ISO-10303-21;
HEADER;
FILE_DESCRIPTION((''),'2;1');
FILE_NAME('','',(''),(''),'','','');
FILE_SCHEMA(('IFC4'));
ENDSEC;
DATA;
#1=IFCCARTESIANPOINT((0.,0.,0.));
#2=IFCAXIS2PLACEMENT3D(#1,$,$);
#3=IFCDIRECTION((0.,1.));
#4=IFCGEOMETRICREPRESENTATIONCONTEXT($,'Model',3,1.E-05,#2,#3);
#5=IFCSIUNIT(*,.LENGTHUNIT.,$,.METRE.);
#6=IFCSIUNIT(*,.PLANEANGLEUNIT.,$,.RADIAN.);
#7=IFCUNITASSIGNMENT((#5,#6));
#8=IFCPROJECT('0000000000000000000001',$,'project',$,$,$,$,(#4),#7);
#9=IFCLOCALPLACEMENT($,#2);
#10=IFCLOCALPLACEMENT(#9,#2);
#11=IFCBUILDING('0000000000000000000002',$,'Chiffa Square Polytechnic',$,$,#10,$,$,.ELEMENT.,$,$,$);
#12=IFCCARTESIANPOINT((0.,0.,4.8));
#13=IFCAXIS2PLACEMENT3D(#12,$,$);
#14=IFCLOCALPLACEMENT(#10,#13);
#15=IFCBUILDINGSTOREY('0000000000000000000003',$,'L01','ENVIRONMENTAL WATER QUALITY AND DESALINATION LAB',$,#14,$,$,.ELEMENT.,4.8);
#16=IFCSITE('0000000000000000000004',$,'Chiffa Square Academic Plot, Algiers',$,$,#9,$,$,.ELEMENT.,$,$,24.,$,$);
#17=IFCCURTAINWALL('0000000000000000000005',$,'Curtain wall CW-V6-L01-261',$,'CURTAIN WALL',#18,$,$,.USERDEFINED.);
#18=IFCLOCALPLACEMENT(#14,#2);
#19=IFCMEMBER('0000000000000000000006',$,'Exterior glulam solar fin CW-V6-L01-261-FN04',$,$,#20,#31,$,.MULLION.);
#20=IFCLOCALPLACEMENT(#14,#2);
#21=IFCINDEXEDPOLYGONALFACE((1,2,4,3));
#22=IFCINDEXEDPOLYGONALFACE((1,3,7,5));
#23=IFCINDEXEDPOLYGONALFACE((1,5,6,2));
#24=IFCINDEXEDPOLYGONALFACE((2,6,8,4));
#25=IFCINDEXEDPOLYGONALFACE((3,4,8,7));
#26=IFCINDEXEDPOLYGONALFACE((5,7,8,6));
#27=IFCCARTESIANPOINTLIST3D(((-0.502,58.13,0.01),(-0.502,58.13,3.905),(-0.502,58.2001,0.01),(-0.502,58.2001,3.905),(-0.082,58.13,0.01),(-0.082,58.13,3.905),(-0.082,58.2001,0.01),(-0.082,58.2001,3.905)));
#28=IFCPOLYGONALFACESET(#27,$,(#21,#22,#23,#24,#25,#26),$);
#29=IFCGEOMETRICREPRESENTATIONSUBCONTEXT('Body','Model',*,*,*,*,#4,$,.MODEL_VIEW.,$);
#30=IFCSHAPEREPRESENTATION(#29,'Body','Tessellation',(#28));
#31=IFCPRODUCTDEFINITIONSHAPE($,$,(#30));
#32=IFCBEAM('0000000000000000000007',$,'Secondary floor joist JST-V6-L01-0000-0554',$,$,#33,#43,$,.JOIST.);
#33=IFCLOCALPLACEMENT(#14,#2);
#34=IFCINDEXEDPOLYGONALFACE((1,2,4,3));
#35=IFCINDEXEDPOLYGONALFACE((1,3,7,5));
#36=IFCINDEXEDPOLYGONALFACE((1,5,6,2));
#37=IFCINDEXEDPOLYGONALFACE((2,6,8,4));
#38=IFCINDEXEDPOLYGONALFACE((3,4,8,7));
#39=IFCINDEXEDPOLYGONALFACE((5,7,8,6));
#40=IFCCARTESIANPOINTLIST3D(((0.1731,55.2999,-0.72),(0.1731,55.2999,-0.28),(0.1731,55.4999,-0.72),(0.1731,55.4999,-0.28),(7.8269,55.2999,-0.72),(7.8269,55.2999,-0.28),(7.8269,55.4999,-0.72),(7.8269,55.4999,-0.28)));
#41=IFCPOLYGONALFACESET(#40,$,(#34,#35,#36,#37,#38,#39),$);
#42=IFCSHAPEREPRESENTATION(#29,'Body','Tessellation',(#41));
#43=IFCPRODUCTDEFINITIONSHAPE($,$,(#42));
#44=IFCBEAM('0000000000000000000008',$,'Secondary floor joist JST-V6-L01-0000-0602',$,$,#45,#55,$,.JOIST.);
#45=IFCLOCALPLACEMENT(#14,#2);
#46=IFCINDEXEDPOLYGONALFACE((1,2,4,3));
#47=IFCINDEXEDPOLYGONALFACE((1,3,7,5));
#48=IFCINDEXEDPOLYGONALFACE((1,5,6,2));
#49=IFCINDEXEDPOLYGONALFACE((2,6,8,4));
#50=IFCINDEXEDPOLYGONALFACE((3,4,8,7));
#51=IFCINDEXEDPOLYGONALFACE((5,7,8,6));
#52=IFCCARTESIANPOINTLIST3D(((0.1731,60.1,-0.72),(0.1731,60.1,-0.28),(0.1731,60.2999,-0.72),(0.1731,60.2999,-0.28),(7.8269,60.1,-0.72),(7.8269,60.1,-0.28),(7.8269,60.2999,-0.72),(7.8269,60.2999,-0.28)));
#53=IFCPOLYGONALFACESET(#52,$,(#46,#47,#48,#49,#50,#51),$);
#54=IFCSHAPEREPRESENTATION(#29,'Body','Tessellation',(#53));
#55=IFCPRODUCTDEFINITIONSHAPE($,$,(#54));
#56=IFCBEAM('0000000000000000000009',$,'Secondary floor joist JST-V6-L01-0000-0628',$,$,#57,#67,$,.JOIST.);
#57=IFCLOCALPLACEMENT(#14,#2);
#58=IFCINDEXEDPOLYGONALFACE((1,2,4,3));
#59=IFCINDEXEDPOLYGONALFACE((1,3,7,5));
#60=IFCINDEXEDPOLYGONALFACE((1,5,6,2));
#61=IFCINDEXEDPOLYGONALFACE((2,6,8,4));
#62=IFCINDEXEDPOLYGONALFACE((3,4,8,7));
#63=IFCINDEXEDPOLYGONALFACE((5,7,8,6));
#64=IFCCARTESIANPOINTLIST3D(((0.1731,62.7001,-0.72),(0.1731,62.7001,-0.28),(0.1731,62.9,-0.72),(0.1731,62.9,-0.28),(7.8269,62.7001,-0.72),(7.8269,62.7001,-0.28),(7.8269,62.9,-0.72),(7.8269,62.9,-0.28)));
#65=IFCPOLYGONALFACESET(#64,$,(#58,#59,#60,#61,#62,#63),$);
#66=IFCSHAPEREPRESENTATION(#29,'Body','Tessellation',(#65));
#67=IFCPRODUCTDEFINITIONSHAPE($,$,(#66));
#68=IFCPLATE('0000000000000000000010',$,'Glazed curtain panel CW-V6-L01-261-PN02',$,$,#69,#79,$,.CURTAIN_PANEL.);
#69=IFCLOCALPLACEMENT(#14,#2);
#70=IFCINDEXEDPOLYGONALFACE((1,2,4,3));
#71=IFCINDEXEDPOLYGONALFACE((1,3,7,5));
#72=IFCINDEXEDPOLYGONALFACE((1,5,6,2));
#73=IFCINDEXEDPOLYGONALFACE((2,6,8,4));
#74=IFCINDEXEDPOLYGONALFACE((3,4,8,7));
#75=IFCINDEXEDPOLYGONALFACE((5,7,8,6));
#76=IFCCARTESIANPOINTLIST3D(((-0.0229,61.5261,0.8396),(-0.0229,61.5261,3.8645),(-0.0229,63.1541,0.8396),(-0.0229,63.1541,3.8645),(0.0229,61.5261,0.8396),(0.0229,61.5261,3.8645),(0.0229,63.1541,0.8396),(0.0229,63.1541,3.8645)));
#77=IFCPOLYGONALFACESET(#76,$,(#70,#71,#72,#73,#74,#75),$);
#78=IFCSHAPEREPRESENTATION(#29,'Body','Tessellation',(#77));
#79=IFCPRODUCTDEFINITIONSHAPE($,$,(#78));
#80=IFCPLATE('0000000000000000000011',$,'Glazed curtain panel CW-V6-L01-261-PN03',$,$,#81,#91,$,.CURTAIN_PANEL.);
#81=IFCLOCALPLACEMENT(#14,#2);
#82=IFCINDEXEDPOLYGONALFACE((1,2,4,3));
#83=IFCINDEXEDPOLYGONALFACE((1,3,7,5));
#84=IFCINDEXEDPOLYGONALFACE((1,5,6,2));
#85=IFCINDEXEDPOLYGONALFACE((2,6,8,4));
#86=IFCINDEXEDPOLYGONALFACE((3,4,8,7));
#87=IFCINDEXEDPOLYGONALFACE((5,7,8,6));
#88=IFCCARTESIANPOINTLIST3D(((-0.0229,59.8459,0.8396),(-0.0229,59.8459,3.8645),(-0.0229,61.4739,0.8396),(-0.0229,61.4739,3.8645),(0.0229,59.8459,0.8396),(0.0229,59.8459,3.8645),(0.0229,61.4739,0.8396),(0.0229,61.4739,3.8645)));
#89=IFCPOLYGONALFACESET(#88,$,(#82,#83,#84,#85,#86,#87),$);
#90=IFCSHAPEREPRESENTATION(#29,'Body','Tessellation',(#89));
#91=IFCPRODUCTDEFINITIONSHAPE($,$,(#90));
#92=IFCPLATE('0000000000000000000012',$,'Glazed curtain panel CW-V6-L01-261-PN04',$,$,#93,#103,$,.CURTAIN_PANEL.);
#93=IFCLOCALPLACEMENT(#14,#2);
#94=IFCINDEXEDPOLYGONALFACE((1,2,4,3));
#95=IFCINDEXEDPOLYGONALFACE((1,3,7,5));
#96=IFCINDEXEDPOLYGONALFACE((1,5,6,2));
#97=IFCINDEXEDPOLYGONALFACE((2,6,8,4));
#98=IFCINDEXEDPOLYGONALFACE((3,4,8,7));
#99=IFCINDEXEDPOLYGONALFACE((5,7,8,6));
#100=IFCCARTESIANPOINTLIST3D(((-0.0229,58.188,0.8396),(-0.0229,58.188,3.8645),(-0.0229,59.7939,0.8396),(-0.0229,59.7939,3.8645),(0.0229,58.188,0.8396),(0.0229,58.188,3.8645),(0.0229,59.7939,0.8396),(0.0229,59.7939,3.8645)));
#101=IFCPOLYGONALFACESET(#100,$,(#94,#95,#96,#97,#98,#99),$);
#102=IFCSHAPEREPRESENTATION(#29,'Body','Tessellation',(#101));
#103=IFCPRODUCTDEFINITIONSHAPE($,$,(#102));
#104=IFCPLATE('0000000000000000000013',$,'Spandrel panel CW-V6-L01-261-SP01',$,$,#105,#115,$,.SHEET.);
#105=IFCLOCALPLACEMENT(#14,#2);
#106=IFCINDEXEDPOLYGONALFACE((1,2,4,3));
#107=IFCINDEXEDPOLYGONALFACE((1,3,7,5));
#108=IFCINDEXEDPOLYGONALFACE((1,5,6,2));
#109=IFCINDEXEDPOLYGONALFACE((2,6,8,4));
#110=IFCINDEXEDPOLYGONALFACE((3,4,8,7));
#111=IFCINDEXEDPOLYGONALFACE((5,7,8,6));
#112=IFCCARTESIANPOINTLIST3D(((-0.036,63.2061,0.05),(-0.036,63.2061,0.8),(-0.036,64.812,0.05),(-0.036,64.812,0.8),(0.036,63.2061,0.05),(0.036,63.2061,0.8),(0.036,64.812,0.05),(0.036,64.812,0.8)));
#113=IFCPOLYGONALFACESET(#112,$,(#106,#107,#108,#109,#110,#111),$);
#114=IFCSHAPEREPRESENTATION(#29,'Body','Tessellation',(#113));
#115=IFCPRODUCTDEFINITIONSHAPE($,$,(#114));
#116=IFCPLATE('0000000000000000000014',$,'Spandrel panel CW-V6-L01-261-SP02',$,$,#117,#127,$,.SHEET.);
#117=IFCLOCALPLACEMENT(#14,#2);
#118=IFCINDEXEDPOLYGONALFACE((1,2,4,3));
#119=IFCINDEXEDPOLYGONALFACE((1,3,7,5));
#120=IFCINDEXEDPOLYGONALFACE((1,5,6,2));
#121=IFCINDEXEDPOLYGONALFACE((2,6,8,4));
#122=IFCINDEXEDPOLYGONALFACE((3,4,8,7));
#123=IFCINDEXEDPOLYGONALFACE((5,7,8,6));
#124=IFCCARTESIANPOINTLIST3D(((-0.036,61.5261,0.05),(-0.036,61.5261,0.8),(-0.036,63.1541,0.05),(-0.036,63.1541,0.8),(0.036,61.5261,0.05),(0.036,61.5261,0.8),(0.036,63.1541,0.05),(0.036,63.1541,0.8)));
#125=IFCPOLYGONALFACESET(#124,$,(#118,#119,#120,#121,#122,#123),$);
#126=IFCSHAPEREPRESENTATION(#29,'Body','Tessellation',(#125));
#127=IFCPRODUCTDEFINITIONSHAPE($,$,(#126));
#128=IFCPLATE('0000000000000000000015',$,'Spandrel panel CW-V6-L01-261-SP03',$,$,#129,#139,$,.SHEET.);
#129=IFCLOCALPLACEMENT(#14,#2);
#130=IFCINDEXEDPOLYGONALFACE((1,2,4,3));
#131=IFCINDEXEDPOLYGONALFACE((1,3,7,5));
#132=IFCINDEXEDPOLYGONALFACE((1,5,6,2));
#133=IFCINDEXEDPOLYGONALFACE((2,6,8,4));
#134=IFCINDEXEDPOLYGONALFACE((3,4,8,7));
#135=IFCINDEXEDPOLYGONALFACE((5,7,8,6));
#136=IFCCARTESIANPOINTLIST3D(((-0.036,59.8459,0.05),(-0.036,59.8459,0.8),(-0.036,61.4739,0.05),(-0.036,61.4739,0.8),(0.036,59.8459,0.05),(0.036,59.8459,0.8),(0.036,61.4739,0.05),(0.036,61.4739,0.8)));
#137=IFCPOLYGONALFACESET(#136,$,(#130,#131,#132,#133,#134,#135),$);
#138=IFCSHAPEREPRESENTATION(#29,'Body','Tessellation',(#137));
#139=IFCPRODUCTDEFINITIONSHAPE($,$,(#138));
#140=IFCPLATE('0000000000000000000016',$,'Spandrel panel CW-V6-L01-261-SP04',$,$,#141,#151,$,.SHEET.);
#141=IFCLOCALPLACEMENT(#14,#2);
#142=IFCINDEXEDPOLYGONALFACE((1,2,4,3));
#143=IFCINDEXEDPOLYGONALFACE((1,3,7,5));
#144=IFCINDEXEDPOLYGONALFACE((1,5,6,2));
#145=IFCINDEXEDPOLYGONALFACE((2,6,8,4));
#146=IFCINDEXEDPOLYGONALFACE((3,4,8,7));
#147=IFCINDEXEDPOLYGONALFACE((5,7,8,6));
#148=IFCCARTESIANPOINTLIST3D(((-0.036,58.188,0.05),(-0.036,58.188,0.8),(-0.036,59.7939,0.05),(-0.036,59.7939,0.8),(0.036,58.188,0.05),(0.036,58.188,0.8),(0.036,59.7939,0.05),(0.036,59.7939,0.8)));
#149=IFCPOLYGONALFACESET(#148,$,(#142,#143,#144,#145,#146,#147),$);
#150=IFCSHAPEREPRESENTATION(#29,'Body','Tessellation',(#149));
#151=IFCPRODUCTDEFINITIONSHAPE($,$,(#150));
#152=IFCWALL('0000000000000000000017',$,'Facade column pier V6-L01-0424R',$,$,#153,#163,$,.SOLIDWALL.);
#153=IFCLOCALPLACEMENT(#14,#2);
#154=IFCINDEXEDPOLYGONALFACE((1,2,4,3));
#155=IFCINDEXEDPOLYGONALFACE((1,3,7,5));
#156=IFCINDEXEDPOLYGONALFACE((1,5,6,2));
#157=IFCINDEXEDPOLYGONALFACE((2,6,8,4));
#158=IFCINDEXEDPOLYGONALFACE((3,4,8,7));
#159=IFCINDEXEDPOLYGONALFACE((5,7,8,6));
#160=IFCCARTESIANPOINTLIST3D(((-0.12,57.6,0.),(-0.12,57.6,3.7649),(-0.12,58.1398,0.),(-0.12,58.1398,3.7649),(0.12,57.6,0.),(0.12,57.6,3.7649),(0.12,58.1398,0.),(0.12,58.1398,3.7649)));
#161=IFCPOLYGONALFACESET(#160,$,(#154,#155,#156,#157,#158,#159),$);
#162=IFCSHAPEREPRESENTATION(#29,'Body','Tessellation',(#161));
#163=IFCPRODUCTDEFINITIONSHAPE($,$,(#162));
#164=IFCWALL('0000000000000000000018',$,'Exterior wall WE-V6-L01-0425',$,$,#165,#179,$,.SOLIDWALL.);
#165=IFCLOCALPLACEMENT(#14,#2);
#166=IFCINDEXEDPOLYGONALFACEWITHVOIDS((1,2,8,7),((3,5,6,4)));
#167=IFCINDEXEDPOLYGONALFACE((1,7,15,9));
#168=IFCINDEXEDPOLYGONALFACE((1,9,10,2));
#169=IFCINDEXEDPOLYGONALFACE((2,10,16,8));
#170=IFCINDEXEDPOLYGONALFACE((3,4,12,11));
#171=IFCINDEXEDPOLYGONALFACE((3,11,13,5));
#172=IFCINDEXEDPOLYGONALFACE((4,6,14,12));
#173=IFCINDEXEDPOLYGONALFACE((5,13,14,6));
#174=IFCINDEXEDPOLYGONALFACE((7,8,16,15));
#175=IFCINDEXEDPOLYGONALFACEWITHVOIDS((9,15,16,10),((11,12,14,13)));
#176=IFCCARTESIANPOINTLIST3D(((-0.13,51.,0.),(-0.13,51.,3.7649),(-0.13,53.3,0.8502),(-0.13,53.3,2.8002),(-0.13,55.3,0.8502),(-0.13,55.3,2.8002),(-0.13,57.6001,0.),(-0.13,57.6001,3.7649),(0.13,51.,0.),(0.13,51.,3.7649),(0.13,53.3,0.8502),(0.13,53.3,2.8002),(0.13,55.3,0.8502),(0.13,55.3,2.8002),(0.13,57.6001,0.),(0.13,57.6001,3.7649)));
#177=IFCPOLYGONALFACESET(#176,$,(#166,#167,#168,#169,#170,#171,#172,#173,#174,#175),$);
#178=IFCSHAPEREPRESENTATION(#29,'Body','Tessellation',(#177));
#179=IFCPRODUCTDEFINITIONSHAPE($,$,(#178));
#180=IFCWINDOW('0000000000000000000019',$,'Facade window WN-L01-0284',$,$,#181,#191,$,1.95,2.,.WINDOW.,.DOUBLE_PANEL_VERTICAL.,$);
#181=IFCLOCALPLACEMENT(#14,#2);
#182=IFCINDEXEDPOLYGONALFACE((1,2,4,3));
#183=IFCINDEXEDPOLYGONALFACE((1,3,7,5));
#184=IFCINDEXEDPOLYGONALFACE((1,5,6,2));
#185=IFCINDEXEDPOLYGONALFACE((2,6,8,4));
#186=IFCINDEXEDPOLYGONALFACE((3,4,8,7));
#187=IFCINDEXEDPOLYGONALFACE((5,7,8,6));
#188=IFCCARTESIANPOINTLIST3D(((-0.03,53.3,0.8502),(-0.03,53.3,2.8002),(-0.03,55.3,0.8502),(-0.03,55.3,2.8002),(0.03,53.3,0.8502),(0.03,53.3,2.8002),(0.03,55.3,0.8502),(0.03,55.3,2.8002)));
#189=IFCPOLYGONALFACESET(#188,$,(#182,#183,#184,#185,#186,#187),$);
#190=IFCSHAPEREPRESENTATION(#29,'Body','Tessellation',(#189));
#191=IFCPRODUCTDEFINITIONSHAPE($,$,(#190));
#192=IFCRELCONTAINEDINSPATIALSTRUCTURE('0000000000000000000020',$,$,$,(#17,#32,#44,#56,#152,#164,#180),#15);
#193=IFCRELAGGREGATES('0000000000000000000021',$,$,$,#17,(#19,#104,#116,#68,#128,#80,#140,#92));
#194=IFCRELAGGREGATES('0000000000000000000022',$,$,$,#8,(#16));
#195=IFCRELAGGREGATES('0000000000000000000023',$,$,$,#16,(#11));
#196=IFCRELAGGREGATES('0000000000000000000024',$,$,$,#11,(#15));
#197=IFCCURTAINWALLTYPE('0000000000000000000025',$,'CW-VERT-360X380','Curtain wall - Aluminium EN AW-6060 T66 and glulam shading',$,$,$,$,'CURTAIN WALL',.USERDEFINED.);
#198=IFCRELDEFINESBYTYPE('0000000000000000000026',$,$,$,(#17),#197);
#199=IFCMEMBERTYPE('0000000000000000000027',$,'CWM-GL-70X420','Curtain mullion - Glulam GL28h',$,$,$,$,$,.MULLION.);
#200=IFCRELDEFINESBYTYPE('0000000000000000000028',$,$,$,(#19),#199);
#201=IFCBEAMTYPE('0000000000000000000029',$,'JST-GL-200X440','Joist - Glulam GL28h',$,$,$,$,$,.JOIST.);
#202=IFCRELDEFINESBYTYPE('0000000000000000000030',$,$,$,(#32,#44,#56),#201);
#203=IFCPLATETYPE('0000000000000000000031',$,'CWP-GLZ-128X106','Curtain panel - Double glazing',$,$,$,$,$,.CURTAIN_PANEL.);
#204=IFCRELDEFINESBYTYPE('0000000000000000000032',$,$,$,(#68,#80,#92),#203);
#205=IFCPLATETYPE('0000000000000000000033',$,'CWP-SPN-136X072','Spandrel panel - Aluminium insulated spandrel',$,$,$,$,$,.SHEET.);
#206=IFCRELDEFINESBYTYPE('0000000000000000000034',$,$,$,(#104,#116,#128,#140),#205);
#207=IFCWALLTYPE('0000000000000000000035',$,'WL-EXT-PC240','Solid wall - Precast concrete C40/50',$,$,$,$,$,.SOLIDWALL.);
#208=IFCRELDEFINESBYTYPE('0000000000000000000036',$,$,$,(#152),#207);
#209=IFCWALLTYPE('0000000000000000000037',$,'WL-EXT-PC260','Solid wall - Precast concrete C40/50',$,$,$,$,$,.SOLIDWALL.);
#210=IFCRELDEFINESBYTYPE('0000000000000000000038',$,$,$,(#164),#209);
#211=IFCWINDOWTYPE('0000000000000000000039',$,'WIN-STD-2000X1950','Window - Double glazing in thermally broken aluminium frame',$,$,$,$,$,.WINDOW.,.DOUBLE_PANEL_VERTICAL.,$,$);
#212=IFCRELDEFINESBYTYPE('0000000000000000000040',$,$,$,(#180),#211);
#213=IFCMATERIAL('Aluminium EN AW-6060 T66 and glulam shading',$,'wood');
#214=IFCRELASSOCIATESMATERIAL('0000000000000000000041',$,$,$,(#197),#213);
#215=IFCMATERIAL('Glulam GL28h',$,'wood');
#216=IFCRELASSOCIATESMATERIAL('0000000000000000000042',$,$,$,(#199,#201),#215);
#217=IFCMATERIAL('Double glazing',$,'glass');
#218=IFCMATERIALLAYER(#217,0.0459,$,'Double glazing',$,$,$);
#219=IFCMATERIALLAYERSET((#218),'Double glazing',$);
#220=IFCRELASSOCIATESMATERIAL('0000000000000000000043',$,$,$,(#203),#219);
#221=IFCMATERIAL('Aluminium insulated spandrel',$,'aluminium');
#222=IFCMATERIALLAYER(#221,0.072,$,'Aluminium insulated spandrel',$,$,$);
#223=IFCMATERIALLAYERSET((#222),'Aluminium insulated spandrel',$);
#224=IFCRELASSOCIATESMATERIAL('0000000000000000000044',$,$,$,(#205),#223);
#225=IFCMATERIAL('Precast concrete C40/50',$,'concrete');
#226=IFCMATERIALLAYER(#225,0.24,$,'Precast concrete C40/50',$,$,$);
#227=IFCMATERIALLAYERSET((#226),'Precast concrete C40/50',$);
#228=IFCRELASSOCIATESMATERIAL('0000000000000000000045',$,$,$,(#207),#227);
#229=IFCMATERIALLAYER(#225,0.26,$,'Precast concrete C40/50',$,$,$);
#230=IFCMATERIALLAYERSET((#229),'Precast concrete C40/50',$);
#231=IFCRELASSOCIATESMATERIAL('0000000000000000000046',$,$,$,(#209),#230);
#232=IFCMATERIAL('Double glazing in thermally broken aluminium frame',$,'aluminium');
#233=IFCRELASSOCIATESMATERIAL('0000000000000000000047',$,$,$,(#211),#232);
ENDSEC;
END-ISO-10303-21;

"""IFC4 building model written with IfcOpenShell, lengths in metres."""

from ifc_helpers import new_model, si_unit, direction, frame, frame_2d, origin, origin_2d, place, context, subcontext, project, spatial, rectangle, extrude, material, layer, layer_set, material_profile, profile_set, type_object, element, fill, aggregate, save


model = new_model("IFC4")

# Units and contexts
model_context = context("Model", 3, precision=1e-05, world=origin(), true_north=direction((0.0, 1.0)))
body_context = subcontext(model_context, "Body", "Model", "MODEL_VIEW")
ifc_project = project(units=[si_unit("LENGTHUNIT", "METRE"), si_unit("PLANEANGLEUNIT", "RADIAN")], contexts=[model_context])

# Site, building, storey
site_placement = place(None, origin())
site = spatial("IfcSite", under=ifc_project, at=site_placement, Name="Chiffa Square Academic Plot, Algiers", CompositionType="ELEMENT", RefElevation=24.0)
building_placement = place(site_placement, origin())
building = spatial("IfcBuilding", under=site, at=building_placement, Name="Chiffa Square Polytechnic", CompositionType="ELEMENT")
storey_placement = place(building_placement, frame((0.0, 0.0, 4.8)))
storey = spatial("IfcBuildingStorey", under=building, at=storey_placement, Name="L01", Description="ENVIRONMENTAL WATER QUALITY AND DESALINATION LAB", CompositionType="ELEMENT", Elevation=4.8)

# Curtain wall, member
ifc_material_1 = material(Name="Aluminium EN AW-6060 T66 and glulam shading", Category="wood")
curtain_wall_type = type_object("IfcCurtainWallType", Name="CW-VERT-360X380", Description="Curtain wall - Aluminium EN AW-6060 T66 and glulam shading", ElementType="CURTAIN WALL", PredefinedType="USERDEFINED", material=ifc_material_1)
curtain_wall_placement = place(storey_placement, origin())
curtain_wall = element("IfcCurtainWall", 1, at=curtain_wall_placement, inside=storey, type_object=curtain_wall_type, Name="Curtain wall CW-V6-L01-261", ObjectType="CURTAIN WALL", PredefinedType="USERDEFINED")
ifc_material_2 = material(Name="Glulam GL28h", Category="wood")
ifc_material_profile_1 = material_profile(ifc_material_2, rectangle(XDim=0.0701, YDim=0.4199, at=origin_2d()), Name="GL28h 70x420")
ifc_profile_set_1 = profile_set([ifc_material_profile_1], Name="Glulam GL28h")
member_type_1 = type_object("IfcMemberType", Name="CWM-GL-70X420", Description="Curtain mullion - Glulam GL28h", PredefinedType="MULLION", material=ifc_profile_set_1)
member_1_placement = place(storey_placement, frame((-0.292, 58.165, 0.01), z_axis=(0.0, 0.0, 1.0), x_axis=(0.0, -1.0, 0.0)))
member_1 = element("IfcMember", 2, at=member_1_placement, type_object=member_type_1, Name="Exterior glulam solar fin CW-V6-L01-261-FN04", PredefinedType="MULLION", context=body_context, shape_type="SweptSolid", body=[
    extrude(rectangle(XDim=0.0701, YDim=0.4199, at=origin_2d()), origin(), (0.0, 0.0, 1.0), 3.895),
])

# Beams
ifc_material_profile_2 = material_profile(ifc_material_2, rectangle(XDim=0.2, YDim=0.4399, at=origin_2d()), Name="GL28h 200x440")
ifc_profile_set_2 = profile_set([ifc_material_profile_2], Name="Glulam GL28h")
beam_type_1 = type_object("IfcBeamType", Name="JST-GL-200X440", Description="Joist - Glulam GL28h", PredefinedType="JOIST", material=ifc_profile_set_2)
for number, where, z_axis, x_axis, name in (
    (3, (0.1731, 55.3999, -0.5), (1.0, 0.0, 0.0), (0.0, 1.0, 0.0), "Secondary floor joist JST-V6-L01-0000-0554"),
    (4, (0.1731, 60.2, -0.5), (1.0, 0.0, 0.0), (0.0, 1.0, 0.0), "Secondary floor joist JST-V6-L01-0000-0602"),
    (5, (0.1731, 62.8, -0.5), (1.0, 0.0, 0.0), (0.0, 1.0, 0.0), "Secondary floor joist JST-V6-L01-0000-0628"),
):
    element("IfcBeam", number, at=place(storey_placement, frame(where, z_axis=z_axis, x_axis=x_axis)), inside=storey, type_object=beam_type_1, Name=name, PredefinedType="JOIST", context=body_context, shape_type="SweptSolid", body=[
        extrude(rectangle(XDim=0.2, YDim=0.4399, at=origin_2d()), origin(), (0.0, 0.0, 1.0), 7.6538),
    ])

# Plates
ifc_material_3 = material(Name="Double glazing", Category="glass")
ifc_layer_1 = layer(ifc_material_3, 0.0459, Name="Double glazing")
ifc_layer_set_1 = layer_set([ifc_layer_1], Name="Double glazing")
plate_type_1 = type_object("IfcPlateType", Name="CWP-GLZ-128X106", Description="Curtain panel - Double glazing", PredefinedType="CURTAIN_PANEL", material=ifc_layer_set_1)
plate_1_placement = place(storey_placement, frame((0.0, 62.3401, 0.8396), z_axis=(0.0, 0.0, 1.0), x_axis=(0.0, -1.0, 0.0)))
plate_1 = element("IfcPlate", 6, at=plate_1_placement, type_object=plate_type_1, Name="Glazed curtain panel CW-V6-L01-261-PN02", PredefinedType="CURTAIN_PANEL", context=body_context, shape_type="SweptSolid", body=[
    extrude(rectangle(XDim=1.6279, YDim=0.0459, at=origin_2d()), origin(), (0.0, 0.0, 1.0), 3.0249),
])
plate_2_placement = place(storey_placement, frame((0.0, 60.6599, 0.8396), z_axis=(0.0, 0.0, 1.0), x_axis=(0.0, -1.0, 0.0)))
plate_2 = element("IfcPlate", 7, at=plate_2_placement, type_object=plate_type_1, Name="Glazed curtain panel CW-V6-L01-261-PN03", PredefinedType="CURTAIN_PANEL", context=body_context, shape_type="SweptSolid", body=[
    extrude(rectangle(XDim=1.6279, YDim=0.0459, at=origin_2d()), origin(), (0.0, 0.0, 1.0), 3.0249),
])
plate_3_placement = place(storey_placement, frame((0.0, 58.991, 0.8396), z_axis=(0.0, 0.0, 1.0), x_axis=(0.0, -1.0, 0.0)))
plate_3 = element("IfcPlate", 8, at=plate_3_placement, type_object=plate_type_1, Name="Glazed curtain panel CW-V6-L01-261-PN04", PredefinedType="CURTAIN_PANEL", context=body_context, shape_type="SweptSolid", body=[
    extrude(rectangle(XDim=1.606, YDim=0.0459, at=origin_2d()), origin(), (0.0, 0.0, 1.0), 3.0249),
])
ifc_material_4 = material(Name="Aluminium insulated spandrel", Category="aluminium")
ifc_layer_2 = layer(ifc_material_4, 0.072, Name="Aluminium insulated spandrel")
ifc_layer_set_2 = layer_set([ifc_layer_2], Name="Aluminium insulated spandrel")
plate_type_2 = type_object("IfcPlateType", Name="CWP-SPN-136X072", Description="Spandrel panel - Aluminium insulated spandrel", PredefinedType="SHEET", material=ifc_layer_set_2)
plate_4_placement = place(storey_placement, frame((0.0, 64.009, 0.05), z_axis=(0.0, 0.0, 1.0), x_axis=(0.0, -1.0, 0.0)))
plate_4 = element("IfcPlate", 9, at=plate_4_placement, type_object=plate_type_2, Name="Spandrel panel CW-V6-L01-261-SP01", PredefinedType="SHEET", context=body_context, shape_type="SweptSolid", body=[
    extrude(rectangle(XDim=1.606, YDim=0.072, at=origin_2d()), origin(), (0.0, 0.0, 1.0), 0.75),
])
plate_5_placement = place(storey_placement, frame((0.0, 62.3401, 0.05), z_axis=(0.0, 0.0, 1.0), x_axis=(0.0, -1.0, 0.0)))
plate_5 = element("IfcPlate", 10, at=plate_5_placement, type_object=plate_type_2, Name="Spandrel panel CW-V6-L01-261-SP02", PredefinedType="SHEET", context=body_context, shape_type="SweptSolid", body=[
    extrude(rectangle(XDim=1.6279, YDim=0.072, at=origin_2d()), origin(), (0.0, 0.0, 1.0), 0.75),
])
plate_6_placement = place(storey_placement, frame((0.0, 60.6599, 0.05), z_axis=(0.0, 0.0, 1.0), x_axis=(0.0, -1.0, 0.0)))
plate_6 = element("IfcPlate", 11, at=plate_6_placement, type_object=plate_type_2, Name="Spandrel panel CW-V6-L01-261-SP03", PredefinedType="SHEET", context=body_context, shape_type="SweptSolid", body=[
    extrude(rectangle(XDim=1.6279, YDim=0.072, at=origin_2d()), origin(), (0.0, 0.0, 1.0), 0.75),
])
plate_7_placement = place(storey_placement, frame((0.0, 58.991, 0.05), z_axis=(0.0, 0.0, 1.0), x_axis=(0.0, -1.0, 0.0)))
plate_7 = element("IfcPlate", 12, at=plate_7_placement, type_object=plate_type_2, Name="Spandrel panel CW-V6-L01-261-SP04", PredefinedType="SHEET", context=body_context, shape_type="SweptSolid", body=[
    extrude(rectangle(XDim=1.606, YDim=0.072, at=origin_2d()), origin(), (0.0, 0.0, 1.0), 0.75),
])
aggregate(curtain_wall, [member_1, plate_4, plate_5, plate_1, plate_6, plate_2, plate_7, plate_3])

# Wall
ifc_material_5 = material(Name="Precast concrete C40/50", Category="concrete")
ifc_layer_3 = layer(ifc_material_5, 0.24, Name="Precast concrete C40/50")
ifc_layer_set_3 = layer_set([ifc_layer_3], Name="Precast concrete C40/50")
wall_type_1 = type_object("IfcWallType", Name="WL-EXT-PC240", Description="Solid wall - Precast concrete C40/50", PredefinedType="SOLIDWALL", material=ifc_layer_set_3)
wall_1_placement = place(storey_placement, frame((0.0, 58.1399, 0.0), z_axis=(0.0, 0.0, 1.0), x_axis=(0.0, -1.0, 0.0)))
element("IfcWall", 13, at=wall_1_placement, inside=storey, type_object=wall_type_1, Name="Facade column pier V6-L01-0424R", PredefinedType="SOLIDWALL", context=body_context, shape_type="SweptSolid", body=[
    extrude(rectangle(XDim=0.5398, YDim=0.24, at=frame_2d((0.27, 0.0))), origin(), (0.0, 0.0, 1.0), 3.7649),
])

# Wall, opening, window
ifc_layer_4 = layer(ifc_material_5, 0.26, Name="Precast concrete C40/50")
ifc_layer_set_4 = layer_set([ifc_layer_4], Name="Precast concrete C40/50")
wall_type_2 = type_object("IfcWallType", Name="WL-EXT-PC260", Description="Solid wall - Precast concrete C40/50", PredefinedType="SOLIDWALL", material=ifc_layer_set_4)
wall_2_placement = place(storey_placement, frame((0.0, 57.6001, 0.0), z_axis=(0.0, 0.0, 1.0), x_axis=(0.0, -1.0, 0.0)))
wall_2 = element("IfcWall", 14, at=wall_2_placement, inside=storey, type_object=wall_type_2, Name="Exterior wall WE-V6-L01-0425", PredefinedType="SOLIDWALL", context=body_context, shape_type="SweptSolid", body=[
    extrude(rectangle(XDim=6.6001, YDim=0.26, at=frame_2d((3.3, 0.0))), origin(), (0.0, 0.0, 1.0), 3.7649),
])
opening_placement = place(wall_2_placement, frame((2.3, 0.0, 0.8501)))
opening = element("IfcOpeningElement", 15, at=opening_placement, cuts=wall_2, PredefinedType="OPENING", context=body_context, shape_type="SweptSolid", body=[
    extrude(rectangle(XDim=2.0, YDim=1.95, at=frame_2d((1.0, 0.9751))), frame((0.0, 0.1401, 0.0), z_axis=(0.0, -1.0, 0.0), x_axis=(1.0, 0.0, 0.0)), (0.0, 0.0, 1.0), 0.28),
])
ifc_material_6 = material(Name="Double glazing in thermally broken aluminium frame", Category="aluminium")
window_type = type_object("IfcWindowType", Name="WIN-STD-2000X1950", Description="Window - Double glazing in thermally broken aluminium frame", PartitioningType="DOUBLE_PANEL_VERTICAL", PredefinedType="WINDOW", material=ifc_material_6)
window_placement = place(opening_placement, origin())
window = element("IfcWindow", 16, at=window_placement, inside=storey, type_object=window_type, Name="Facade window WN-L01-0284", OverallHeight=1.95, OverallWidth=2.0, PartitioningType="DOUBLE_PANEL_VERTICAL", PredefinedType="WINDOW", context=body_context, shape_type="SweptSolid", body=[
    extrude(rectangle(XDim=2.0, YDim=1.95, at=frame_2d((1.0, 0.9751))), frame((0.0, 0.03, 0.0), z_axis=(0.0, -1.0, 0.0), x_axis=(1.0, 0.0, 0.0)), (0.0, 0.0, 1.0), 0.0601),
])
fill(opening, window)

save(model, "model.ifc")
